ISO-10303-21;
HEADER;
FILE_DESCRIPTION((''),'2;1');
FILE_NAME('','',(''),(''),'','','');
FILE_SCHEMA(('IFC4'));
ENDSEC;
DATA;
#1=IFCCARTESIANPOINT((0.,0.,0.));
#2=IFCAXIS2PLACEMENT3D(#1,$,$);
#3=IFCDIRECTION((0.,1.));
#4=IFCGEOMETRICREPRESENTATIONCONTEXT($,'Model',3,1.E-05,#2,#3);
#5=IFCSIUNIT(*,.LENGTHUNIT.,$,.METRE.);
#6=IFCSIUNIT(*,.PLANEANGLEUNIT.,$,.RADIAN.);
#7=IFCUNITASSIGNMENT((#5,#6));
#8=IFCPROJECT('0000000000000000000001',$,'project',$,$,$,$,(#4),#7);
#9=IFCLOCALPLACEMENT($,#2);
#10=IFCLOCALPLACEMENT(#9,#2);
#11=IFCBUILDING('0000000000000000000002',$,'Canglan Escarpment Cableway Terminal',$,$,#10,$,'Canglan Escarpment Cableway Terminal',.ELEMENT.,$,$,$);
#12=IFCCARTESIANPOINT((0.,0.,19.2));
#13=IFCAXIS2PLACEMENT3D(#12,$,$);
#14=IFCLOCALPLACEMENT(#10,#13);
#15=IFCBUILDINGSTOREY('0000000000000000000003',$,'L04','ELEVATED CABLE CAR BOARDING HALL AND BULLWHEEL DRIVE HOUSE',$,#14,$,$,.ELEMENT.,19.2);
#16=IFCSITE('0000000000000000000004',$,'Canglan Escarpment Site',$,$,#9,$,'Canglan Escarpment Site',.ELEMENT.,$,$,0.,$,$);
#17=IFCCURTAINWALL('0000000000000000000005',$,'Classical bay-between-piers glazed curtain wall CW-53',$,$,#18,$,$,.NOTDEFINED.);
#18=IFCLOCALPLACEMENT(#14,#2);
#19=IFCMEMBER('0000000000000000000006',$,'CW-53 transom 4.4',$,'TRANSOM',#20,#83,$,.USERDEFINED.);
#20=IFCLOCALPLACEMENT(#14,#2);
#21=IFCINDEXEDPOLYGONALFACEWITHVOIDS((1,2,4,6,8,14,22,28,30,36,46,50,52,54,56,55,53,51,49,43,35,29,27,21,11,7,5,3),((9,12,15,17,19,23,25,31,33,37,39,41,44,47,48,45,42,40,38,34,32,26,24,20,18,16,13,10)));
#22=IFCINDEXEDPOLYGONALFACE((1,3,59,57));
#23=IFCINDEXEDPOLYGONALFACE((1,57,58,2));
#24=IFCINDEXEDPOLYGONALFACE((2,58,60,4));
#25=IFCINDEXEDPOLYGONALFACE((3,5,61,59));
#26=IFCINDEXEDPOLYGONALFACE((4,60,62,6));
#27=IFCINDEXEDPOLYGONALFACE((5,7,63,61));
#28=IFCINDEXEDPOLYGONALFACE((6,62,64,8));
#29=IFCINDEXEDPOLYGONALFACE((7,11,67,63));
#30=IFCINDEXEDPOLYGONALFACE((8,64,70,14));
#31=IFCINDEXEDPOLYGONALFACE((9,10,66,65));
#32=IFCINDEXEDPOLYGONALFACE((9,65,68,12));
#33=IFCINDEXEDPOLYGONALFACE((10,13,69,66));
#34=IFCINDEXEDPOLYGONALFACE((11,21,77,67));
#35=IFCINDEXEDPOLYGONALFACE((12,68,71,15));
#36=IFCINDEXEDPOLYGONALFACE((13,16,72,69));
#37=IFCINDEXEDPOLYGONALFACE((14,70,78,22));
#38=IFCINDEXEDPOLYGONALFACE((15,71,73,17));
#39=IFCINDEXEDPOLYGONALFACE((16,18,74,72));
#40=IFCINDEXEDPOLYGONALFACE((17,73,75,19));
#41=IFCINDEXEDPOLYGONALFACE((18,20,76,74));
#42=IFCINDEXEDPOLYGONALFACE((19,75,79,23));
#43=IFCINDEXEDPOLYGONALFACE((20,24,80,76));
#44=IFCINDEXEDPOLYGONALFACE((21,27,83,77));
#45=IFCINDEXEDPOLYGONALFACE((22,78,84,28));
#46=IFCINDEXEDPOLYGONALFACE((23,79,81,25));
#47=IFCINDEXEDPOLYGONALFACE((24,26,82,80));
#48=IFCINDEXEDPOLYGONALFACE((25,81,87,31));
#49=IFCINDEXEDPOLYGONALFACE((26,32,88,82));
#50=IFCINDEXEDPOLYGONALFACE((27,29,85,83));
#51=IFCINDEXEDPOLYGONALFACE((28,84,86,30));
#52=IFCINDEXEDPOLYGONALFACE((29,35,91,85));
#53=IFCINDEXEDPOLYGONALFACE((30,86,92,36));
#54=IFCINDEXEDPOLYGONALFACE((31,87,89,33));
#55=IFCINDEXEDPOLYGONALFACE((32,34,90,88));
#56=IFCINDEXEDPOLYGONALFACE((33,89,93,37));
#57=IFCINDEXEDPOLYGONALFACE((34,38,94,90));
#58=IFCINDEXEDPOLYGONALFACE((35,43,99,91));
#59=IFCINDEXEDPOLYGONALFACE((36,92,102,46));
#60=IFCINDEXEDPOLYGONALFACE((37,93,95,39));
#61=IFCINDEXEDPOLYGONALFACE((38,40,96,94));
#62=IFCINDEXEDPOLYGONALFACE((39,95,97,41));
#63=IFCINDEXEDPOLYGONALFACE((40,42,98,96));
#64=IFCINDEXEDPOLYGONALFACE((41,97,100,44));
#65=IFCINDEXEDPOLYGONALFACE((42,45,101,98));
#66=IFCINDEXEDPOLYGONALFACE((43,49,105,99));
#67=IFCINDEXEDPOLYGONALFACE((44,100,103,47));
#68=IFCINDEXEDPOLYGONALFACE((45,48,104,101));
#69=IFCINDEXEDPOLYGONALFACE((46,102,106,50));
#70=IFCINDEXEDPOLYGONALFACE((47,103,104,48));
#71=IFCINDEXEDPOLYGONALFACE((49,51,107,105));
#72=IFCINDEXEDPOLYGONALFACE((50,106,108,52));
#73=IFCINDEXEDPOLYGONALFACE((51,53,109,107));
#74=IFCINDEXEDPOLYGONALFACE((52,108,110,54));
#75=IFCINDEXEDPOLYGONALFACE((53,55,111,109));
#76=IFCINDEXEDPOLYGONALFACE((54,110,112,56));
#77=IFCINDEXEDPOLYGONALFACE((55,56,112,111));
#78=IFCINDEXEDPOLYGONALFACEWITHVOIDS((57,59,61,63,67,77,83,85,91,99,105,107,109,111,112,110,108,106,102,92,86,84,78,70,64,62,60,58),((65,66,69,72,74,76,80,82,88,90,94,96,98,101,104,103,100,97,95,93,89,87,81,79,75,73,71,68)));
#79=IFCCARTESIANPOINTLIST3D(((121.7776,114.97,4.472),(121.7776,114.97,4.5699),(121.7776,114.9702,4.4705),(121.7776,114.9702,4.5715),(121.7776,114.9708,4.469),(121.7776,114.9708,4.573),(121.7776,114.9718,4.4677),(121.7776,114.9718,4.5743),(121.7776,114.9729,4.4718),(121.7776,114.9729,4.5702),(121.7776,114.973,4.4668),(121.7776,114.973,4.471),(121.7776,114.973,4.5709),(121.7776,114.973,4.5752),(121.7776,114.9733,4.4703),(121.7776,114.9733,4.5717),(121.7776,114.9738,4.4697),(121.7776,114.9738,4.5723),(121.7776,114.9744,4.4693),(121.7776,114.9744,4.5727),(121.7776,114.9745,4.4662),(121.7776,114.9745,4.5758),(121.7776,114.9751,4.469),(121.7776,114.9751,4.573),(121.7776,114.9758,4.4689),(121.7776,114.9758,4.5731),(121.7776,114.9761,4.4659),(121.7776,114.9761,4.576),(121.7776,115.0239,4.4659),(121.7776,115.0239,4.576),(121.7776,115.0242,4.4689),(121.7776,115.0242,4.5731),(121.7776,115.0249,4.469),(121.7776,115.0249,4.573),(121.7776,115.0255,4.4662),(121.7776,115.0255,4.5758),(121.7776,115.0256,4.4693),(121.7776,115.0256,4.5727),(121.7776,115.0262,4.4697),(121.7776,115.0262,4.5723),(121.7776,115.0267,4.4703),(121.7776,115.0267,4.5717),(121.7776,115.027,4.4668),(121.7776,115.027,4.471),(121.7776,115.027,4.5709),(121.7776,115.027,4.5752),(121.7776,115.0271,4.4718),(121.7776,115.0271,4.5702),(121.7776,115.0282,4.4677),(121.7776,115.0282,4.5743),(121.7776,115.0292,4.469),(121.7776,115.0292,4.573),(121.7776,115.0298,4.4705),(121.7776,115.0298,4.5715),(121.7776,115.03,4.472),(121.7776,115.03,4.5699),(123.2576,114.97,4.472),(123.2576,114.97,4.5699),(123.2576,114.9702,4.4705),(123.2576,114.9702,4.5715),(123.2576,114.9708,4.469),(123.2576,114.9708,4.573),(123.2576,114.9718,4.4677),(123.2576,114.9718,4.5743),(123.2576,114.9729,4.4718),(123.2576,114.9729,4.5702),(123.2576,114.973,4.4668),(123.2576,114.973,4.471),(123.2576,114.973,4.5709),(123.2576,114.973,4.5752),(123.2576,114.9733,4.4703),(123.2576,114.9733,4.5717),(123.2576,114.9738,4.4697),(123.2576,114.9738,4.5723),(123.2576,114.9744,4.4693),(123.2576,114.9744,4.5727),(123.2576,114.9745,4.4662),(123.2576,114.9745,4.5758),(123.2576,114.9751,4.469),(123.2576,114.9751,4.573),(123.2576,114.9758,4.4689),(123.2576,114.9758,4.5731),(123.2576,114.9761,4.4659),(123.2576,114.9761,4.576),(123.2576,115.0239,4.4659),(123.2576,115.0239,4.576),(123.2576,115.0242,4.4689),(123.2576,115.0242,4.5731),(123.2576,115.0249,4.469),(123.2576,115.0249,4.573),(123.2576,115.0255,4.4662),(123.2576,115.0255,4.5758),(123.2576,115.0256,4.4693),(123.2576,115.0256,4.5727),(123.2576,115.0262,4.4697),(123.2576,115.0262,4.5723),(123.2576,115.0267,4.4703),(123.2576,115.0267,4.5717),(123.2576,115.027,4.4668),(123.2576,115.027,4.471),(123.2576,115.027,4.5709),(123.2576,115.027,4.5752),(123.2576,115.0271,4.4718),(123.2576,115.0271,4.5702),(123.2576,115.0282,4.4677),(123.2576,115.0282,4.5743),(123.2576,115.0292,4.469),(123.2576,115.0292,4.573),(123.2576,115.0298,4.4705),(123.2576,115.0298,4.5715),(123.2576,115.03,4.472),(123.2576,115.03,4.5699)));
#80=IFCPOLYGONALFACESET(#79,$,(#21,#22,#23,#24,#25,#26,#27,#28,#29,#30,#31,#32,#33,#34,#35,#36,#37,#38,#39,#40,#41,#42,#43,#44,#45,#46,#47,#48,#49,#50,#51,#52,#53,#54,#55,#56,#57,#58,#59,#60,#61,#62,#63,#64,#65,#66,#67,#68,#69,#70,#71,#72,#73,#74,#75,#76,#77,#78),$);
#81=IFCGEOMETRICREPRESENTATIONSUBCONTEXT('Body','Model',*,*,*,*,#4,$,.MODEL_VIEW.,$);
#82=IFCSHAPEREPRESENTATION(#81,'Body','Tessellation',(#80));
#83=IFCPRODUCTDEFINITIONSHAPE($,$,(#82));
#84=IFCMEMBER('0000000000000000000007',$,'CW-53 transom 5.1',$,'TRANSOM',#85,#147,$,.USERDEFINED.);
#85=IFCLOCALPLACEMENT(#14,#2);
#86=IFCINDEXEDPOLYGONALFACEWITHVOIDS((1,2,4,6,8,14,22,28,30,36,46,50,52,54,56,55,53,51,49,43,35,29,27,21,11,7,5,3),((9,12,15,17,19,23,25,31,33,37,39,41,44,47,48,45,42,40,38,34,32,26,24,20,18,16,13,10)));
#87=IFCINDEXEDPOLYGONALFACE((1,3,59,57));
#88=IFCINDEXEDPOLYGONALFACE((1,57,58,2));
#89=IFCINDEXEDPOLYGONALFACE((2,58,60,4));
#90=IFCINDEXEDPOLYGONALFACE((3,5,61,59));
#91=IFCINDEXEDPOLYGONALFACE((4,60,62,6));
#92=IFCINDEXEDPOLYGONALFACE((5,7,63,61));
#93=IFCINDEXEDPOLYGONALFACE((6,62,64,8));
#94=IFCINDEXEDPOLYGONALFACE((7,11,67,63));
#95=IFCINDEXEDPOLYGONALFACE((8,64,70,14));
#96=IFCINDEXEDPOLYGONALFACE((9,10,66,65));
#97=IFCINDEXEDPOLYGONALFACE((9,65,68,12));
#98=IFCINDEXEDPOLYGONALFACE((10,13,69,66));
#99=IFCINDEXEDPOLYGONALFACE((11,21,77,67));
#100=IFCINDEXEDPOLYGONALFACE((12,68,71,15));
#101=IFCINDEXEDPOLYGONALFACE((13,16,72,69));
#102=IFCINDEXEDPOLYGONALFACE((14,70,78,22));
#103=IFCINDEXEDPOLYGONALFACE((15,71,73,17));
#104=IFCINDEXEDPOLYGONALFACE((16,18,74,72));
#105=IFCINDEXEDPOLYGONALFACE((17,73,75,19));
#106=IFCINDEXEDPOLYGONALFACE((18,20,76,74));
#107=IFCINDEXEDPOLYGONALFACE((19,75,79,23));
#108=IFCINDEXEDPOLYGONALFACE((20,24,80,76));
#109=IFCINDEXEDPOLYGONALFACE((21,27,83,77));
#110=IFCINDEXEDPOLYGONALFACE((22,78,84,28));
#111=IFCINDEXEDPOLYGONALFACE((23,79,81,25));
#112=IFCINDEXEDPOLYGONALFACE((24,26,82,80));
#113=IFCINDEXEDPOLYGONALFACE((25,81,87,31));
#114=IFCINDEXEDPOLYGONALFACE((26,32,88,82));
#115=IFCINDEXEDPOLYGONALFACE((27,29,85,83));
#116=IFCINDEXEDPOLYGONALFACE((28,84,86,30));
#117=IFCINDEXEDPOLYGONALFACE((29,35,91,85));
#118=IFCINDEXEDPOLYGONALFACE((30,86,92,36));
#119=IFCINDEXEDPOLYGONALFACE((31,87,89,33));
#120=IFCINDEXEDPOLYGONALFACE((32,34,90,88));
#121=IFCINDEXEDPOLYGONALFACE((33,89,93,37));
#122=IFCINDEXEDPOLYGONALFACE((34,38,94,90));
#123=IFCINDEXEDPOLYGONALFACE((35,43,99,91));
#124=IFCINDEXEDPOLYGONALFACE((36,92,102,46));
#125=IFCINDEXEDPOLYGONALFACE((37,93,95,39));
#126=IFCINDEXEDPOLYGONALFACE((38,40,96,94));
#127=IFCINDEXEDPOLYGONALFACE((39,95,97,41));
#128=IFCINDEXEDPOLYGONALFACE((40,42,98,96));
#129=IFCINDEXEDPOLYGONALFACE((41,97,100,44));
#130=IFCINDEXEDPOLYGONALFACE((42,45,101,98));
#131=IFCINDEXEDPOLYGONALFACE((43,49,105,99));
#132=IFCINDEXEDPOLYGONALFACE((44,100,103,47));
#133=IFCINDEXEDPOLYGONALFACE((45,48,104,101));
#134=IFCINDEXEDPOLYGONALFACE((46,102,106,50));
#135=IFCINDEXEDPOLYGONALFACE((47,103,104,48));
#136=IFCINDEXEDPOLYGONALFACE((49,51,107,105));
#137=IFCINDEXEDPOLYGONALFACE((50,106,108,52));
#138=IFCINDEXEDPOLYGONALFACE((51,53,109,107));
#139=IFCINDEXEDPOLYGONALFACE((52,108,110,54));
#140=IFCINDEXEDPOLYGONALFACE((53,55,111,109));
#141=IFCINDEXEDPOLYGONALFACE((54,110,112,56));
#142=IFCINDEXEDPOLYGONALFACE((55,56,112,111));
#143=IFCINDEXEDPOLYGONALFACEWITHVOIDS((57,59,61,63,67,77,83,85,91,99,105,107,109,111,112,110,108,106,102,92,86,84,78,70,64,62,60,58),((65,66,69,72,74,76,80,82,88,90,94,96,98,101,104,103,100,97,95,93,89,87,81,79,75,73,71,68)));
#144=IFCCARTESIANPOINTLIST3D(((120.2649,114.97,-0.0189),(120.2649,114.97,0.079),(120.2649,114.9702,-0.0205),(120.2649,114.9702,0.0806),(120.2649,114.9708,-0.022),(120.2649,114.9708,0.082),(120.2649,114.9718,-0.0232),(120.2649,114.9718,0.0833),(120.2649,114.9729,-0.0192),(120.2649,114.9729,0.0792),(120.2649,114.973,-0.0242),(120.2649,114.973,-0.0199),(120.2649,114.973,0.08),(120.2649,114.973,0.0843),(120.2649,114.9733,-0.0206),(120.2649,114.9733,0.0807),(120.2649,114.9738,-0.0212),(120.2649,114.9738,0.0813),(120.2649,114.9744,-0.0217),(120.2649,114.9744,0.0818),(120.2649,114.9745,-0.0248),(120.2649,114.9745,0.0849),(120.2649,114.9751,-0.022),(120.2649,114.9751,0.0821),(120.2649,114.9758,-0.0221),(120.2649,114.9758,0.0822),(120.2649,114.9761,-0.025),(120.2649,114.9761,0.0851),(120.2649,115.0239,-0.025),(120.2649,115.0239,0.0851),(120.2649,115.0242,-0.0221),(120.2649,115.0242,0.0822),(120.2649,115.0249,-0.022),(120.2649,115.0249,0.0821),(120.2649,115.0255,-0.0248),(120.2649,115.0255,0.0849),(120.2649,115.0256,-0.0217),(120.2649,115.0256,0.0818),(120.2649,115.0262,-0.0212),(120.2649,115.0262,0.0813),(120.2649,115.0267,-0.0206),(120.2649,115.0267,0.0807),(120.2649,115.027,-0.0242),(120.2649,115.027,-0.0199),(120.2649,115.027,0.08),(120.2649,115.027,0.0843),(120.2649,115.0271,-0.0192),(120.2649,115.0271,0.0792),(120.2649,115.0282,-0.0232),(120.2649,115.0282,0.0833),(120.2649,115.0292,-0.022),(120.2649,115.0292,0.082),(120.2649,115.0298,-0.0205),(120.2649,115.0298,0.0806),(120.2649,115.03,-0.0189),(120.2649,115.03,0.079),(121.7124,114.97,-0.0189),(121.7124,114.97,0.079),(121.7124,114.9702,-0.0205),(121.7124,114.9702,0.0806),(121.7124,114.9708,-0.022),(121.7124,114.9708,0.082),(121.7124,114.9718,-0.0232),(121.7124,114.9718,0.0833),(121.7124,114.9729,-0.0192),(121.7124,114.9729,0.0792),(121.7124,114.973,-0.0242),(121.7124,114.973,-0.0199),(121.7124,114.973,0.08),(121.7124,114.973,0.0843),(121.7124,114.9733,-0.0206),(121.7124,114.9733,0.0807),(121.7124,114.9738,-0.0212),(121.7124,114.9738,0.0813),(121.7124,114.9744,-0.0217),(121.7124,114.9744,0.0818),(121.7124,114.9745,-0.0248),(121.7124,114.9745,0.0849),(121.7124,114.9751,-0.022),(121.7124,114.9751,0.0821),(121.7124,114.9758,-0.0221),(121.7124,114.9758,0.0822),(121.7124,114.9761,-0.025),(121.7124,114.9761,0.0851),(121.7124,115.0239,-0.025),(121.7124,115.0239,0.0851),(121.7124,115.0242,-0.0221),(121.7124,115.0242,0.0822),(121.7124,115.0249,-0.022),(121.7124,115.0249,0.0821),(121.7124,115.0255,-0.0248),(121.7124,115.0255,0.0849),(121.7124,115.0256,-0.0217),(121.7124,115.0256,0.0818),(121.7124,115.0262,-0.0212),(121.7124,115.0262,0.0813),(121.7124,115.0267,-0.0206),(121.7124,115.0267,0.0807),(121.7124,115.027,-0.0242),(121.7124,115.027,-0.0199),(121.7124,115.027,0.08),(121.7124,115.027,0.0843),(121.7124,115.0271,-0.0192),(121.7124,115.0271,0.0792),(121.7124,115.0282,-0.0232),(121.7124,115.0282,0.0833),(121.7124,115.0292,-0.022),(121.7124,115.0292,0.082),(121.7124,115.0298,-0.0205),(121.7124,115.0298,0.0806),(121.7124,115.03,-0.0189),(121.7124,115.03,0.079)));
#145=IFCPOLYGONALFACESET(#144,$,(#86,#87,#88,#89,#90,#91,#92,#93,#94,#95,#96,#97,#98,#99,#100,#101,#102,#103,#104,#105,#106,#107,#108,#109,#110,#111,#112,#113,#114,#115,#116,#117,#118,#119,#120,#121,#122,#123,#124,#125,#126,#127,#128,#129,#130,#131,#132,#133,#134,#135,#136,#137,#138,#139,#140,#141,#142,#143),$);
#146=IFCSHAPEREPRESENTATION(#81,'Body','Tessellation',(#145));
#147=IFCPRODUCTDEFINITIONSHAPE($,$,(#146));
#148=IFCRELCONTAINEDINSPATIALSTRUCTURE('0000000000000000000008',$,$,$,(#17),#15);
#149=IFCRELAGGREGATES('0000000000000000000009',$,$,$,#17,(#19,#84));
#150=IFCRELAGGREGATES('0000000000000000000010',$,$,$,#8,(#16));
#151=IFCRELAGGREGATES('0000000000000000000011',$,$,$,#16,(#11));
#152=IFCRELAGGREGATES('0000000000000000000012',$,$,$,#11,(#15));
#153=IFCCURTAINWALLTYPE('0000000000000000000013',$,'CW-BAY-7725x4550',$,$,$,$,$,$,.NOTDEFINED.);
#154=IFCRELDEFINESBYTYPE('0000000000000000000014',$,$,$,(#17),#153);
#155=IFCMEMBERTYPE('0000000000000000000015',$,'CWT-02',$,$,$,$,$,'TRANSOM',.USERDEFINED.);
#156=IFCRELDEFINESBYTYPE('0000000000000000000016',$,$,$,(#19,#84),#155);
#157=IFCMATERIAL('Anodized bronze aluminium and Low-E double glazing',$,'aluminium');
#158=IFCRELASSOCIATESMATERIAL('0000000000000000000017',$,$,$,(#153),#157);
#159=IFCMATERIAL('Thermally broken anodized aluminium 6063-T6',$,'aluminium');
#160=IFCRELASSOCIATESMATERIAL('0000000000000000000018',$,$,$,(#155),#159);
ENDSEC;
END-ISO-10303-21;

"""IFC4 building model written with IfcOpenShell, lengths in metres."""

from ifc_helpers import new_model, si_unit, direction, frame, origin, origin_2d, place, context, subcontext, project, spatial, hollow_rectangle, extrude, material, material_profile, profile_set, type_object, element, aggregate, save


model = new_model("IFC4")

# Units and contexts
model_context = context("Model", 3, precision=1e-05, world=origin(), true_north=direction((0.0, 1.0)))
body_context = subcontext(model_context, "Body", "Model", "MODEL_VIEW")
ifc_project = project(units=[si_unit("LENGTHUNIT", "METRE"), si_unit("PLANEANGLEUNIT", "RADIAN")], contexts=[model_context])

# Site, building, storey
site_placement = place(None, origin())
site = spatial("IfcSite", under=ifc_project, at=site_placement, Name="Canglan Escarpment Site", LongName="Canglan Escarpment Site", CompositionType="ELEMENT", RefElevation=0.0)
building_placement = place(site_placement, origin())
building = spatial("IfcBuilding", under=site, at=building_placement, Name="Canglan Escarpment Cableway Terminal", LongName="Canglan Escarpment Cableway Terminal", CompositionType="ELEMENT")
storey_placement = place(building_placement, frame((0.0, 0.0, 19.2)))
storey = spatial("IfcBuildingStorey", under=building, at=storey_placement, Name="L04", Description="ELEVATED CABLE CAR BOARDING HALL AND BULLWHEEL DRIVE HOUSE", CompositionType="ELEMENT", Elevation=19.2)

# Curtain wall, members
ifc_material_1 = material(Name="Anodized bronze aluminium and Low-E double glazing", Category="aluminium")
curtain_wall_type = type_object("IfcCurtainWallType", Name="CW-BAY-7725x4550", PredefinedType="NOTDEFINED", material=ifc_material_1)
curtain_wall_placement = place(storey_placement, origin())
curtain_wall = element("IfcCurtainWall", 1, at=curtain_wall_placement, inside=storey, type_object=curtain_wall_type, Name="Classical bay-between-piers glazed curtain wall CW-53", PredefinedType="NOTDEFINED")
ifc_material_2 = material(Name="Thermally broken anodized aluminium 6063-T6", Category="aluminium")
ifc_material_profile_1 = material_profile(ifc_material_2, hollow_rectangle(XDim=0.0601, YDim=0.1101, WallThickness=0.0029, InnerFilletRadius=0.0029, OuterFilletRadius=0.0061, at=origin_2d()), Name="ALU-TRAN 60x110x3")
ifc_profile_set_1 = profile_set([ifc_material_profile_1], Name="Thermally broken anodized aluminium 6063-T6")
member_type_1 = type_object("IfcMemberType", Name="CWT-02", ElementType="TRANSOM", PredefinedType="USERDEFINED", material=ifc_profile_set_1)
member_1_placement = place(storey_placement, frame((123.2576, 115.0, 4.521), z_axis=(-1.0, 0.0, 0.0), x_axis=(0.0, -1.0, 0.0)))
member_1 = element("IfcMember", 2, at=member_1_placement, type_object=member_type_1, Name="CW-53 transom 4.4", ObjectType="TRANSOM", PredefinedType="USERDEFINED", context=body_context, shape_type="SweptSolid", body=[
    extrude(hollow_rectangle(XDim=0.0601, YDim=0.1101, WallThickness=0.0029, InnerFilletRadius=0.0029, OuterFilletRadius=0.0061, at=origin_2d()), origin(), (0.0, 0.0, 1.0), 1.48),
])
member_2_placement = place(storey_placement, frame((121.7124, 115.0, 0.03), z_axis=(-1.0, 0.0, 0.0), x_axis=(0.0, -1.0, 0.0)))
member_2 = element("IfcMember", 3, at=member_2_placement, type_object=member_type_1, Name="CW-53 transom 5.1", ObjectType="TRANSOM", PredefinedType="USERDEFINED", context=body_context, shape_type="SweptSolid", body=[
    extrude(hollow_rectangle(XDim=0.0601, YDim=0.1101, WallThickness=0.0029, InnerFilletRadius=0.0029, OuterFilletRadius=0.0061, at=origin_2d()), origin(), (0.0, 0.0, 1.0), 1.4475),
])

aggregate(curtain_wall, [member_1, member_2])

save(model, "model.ifc")
